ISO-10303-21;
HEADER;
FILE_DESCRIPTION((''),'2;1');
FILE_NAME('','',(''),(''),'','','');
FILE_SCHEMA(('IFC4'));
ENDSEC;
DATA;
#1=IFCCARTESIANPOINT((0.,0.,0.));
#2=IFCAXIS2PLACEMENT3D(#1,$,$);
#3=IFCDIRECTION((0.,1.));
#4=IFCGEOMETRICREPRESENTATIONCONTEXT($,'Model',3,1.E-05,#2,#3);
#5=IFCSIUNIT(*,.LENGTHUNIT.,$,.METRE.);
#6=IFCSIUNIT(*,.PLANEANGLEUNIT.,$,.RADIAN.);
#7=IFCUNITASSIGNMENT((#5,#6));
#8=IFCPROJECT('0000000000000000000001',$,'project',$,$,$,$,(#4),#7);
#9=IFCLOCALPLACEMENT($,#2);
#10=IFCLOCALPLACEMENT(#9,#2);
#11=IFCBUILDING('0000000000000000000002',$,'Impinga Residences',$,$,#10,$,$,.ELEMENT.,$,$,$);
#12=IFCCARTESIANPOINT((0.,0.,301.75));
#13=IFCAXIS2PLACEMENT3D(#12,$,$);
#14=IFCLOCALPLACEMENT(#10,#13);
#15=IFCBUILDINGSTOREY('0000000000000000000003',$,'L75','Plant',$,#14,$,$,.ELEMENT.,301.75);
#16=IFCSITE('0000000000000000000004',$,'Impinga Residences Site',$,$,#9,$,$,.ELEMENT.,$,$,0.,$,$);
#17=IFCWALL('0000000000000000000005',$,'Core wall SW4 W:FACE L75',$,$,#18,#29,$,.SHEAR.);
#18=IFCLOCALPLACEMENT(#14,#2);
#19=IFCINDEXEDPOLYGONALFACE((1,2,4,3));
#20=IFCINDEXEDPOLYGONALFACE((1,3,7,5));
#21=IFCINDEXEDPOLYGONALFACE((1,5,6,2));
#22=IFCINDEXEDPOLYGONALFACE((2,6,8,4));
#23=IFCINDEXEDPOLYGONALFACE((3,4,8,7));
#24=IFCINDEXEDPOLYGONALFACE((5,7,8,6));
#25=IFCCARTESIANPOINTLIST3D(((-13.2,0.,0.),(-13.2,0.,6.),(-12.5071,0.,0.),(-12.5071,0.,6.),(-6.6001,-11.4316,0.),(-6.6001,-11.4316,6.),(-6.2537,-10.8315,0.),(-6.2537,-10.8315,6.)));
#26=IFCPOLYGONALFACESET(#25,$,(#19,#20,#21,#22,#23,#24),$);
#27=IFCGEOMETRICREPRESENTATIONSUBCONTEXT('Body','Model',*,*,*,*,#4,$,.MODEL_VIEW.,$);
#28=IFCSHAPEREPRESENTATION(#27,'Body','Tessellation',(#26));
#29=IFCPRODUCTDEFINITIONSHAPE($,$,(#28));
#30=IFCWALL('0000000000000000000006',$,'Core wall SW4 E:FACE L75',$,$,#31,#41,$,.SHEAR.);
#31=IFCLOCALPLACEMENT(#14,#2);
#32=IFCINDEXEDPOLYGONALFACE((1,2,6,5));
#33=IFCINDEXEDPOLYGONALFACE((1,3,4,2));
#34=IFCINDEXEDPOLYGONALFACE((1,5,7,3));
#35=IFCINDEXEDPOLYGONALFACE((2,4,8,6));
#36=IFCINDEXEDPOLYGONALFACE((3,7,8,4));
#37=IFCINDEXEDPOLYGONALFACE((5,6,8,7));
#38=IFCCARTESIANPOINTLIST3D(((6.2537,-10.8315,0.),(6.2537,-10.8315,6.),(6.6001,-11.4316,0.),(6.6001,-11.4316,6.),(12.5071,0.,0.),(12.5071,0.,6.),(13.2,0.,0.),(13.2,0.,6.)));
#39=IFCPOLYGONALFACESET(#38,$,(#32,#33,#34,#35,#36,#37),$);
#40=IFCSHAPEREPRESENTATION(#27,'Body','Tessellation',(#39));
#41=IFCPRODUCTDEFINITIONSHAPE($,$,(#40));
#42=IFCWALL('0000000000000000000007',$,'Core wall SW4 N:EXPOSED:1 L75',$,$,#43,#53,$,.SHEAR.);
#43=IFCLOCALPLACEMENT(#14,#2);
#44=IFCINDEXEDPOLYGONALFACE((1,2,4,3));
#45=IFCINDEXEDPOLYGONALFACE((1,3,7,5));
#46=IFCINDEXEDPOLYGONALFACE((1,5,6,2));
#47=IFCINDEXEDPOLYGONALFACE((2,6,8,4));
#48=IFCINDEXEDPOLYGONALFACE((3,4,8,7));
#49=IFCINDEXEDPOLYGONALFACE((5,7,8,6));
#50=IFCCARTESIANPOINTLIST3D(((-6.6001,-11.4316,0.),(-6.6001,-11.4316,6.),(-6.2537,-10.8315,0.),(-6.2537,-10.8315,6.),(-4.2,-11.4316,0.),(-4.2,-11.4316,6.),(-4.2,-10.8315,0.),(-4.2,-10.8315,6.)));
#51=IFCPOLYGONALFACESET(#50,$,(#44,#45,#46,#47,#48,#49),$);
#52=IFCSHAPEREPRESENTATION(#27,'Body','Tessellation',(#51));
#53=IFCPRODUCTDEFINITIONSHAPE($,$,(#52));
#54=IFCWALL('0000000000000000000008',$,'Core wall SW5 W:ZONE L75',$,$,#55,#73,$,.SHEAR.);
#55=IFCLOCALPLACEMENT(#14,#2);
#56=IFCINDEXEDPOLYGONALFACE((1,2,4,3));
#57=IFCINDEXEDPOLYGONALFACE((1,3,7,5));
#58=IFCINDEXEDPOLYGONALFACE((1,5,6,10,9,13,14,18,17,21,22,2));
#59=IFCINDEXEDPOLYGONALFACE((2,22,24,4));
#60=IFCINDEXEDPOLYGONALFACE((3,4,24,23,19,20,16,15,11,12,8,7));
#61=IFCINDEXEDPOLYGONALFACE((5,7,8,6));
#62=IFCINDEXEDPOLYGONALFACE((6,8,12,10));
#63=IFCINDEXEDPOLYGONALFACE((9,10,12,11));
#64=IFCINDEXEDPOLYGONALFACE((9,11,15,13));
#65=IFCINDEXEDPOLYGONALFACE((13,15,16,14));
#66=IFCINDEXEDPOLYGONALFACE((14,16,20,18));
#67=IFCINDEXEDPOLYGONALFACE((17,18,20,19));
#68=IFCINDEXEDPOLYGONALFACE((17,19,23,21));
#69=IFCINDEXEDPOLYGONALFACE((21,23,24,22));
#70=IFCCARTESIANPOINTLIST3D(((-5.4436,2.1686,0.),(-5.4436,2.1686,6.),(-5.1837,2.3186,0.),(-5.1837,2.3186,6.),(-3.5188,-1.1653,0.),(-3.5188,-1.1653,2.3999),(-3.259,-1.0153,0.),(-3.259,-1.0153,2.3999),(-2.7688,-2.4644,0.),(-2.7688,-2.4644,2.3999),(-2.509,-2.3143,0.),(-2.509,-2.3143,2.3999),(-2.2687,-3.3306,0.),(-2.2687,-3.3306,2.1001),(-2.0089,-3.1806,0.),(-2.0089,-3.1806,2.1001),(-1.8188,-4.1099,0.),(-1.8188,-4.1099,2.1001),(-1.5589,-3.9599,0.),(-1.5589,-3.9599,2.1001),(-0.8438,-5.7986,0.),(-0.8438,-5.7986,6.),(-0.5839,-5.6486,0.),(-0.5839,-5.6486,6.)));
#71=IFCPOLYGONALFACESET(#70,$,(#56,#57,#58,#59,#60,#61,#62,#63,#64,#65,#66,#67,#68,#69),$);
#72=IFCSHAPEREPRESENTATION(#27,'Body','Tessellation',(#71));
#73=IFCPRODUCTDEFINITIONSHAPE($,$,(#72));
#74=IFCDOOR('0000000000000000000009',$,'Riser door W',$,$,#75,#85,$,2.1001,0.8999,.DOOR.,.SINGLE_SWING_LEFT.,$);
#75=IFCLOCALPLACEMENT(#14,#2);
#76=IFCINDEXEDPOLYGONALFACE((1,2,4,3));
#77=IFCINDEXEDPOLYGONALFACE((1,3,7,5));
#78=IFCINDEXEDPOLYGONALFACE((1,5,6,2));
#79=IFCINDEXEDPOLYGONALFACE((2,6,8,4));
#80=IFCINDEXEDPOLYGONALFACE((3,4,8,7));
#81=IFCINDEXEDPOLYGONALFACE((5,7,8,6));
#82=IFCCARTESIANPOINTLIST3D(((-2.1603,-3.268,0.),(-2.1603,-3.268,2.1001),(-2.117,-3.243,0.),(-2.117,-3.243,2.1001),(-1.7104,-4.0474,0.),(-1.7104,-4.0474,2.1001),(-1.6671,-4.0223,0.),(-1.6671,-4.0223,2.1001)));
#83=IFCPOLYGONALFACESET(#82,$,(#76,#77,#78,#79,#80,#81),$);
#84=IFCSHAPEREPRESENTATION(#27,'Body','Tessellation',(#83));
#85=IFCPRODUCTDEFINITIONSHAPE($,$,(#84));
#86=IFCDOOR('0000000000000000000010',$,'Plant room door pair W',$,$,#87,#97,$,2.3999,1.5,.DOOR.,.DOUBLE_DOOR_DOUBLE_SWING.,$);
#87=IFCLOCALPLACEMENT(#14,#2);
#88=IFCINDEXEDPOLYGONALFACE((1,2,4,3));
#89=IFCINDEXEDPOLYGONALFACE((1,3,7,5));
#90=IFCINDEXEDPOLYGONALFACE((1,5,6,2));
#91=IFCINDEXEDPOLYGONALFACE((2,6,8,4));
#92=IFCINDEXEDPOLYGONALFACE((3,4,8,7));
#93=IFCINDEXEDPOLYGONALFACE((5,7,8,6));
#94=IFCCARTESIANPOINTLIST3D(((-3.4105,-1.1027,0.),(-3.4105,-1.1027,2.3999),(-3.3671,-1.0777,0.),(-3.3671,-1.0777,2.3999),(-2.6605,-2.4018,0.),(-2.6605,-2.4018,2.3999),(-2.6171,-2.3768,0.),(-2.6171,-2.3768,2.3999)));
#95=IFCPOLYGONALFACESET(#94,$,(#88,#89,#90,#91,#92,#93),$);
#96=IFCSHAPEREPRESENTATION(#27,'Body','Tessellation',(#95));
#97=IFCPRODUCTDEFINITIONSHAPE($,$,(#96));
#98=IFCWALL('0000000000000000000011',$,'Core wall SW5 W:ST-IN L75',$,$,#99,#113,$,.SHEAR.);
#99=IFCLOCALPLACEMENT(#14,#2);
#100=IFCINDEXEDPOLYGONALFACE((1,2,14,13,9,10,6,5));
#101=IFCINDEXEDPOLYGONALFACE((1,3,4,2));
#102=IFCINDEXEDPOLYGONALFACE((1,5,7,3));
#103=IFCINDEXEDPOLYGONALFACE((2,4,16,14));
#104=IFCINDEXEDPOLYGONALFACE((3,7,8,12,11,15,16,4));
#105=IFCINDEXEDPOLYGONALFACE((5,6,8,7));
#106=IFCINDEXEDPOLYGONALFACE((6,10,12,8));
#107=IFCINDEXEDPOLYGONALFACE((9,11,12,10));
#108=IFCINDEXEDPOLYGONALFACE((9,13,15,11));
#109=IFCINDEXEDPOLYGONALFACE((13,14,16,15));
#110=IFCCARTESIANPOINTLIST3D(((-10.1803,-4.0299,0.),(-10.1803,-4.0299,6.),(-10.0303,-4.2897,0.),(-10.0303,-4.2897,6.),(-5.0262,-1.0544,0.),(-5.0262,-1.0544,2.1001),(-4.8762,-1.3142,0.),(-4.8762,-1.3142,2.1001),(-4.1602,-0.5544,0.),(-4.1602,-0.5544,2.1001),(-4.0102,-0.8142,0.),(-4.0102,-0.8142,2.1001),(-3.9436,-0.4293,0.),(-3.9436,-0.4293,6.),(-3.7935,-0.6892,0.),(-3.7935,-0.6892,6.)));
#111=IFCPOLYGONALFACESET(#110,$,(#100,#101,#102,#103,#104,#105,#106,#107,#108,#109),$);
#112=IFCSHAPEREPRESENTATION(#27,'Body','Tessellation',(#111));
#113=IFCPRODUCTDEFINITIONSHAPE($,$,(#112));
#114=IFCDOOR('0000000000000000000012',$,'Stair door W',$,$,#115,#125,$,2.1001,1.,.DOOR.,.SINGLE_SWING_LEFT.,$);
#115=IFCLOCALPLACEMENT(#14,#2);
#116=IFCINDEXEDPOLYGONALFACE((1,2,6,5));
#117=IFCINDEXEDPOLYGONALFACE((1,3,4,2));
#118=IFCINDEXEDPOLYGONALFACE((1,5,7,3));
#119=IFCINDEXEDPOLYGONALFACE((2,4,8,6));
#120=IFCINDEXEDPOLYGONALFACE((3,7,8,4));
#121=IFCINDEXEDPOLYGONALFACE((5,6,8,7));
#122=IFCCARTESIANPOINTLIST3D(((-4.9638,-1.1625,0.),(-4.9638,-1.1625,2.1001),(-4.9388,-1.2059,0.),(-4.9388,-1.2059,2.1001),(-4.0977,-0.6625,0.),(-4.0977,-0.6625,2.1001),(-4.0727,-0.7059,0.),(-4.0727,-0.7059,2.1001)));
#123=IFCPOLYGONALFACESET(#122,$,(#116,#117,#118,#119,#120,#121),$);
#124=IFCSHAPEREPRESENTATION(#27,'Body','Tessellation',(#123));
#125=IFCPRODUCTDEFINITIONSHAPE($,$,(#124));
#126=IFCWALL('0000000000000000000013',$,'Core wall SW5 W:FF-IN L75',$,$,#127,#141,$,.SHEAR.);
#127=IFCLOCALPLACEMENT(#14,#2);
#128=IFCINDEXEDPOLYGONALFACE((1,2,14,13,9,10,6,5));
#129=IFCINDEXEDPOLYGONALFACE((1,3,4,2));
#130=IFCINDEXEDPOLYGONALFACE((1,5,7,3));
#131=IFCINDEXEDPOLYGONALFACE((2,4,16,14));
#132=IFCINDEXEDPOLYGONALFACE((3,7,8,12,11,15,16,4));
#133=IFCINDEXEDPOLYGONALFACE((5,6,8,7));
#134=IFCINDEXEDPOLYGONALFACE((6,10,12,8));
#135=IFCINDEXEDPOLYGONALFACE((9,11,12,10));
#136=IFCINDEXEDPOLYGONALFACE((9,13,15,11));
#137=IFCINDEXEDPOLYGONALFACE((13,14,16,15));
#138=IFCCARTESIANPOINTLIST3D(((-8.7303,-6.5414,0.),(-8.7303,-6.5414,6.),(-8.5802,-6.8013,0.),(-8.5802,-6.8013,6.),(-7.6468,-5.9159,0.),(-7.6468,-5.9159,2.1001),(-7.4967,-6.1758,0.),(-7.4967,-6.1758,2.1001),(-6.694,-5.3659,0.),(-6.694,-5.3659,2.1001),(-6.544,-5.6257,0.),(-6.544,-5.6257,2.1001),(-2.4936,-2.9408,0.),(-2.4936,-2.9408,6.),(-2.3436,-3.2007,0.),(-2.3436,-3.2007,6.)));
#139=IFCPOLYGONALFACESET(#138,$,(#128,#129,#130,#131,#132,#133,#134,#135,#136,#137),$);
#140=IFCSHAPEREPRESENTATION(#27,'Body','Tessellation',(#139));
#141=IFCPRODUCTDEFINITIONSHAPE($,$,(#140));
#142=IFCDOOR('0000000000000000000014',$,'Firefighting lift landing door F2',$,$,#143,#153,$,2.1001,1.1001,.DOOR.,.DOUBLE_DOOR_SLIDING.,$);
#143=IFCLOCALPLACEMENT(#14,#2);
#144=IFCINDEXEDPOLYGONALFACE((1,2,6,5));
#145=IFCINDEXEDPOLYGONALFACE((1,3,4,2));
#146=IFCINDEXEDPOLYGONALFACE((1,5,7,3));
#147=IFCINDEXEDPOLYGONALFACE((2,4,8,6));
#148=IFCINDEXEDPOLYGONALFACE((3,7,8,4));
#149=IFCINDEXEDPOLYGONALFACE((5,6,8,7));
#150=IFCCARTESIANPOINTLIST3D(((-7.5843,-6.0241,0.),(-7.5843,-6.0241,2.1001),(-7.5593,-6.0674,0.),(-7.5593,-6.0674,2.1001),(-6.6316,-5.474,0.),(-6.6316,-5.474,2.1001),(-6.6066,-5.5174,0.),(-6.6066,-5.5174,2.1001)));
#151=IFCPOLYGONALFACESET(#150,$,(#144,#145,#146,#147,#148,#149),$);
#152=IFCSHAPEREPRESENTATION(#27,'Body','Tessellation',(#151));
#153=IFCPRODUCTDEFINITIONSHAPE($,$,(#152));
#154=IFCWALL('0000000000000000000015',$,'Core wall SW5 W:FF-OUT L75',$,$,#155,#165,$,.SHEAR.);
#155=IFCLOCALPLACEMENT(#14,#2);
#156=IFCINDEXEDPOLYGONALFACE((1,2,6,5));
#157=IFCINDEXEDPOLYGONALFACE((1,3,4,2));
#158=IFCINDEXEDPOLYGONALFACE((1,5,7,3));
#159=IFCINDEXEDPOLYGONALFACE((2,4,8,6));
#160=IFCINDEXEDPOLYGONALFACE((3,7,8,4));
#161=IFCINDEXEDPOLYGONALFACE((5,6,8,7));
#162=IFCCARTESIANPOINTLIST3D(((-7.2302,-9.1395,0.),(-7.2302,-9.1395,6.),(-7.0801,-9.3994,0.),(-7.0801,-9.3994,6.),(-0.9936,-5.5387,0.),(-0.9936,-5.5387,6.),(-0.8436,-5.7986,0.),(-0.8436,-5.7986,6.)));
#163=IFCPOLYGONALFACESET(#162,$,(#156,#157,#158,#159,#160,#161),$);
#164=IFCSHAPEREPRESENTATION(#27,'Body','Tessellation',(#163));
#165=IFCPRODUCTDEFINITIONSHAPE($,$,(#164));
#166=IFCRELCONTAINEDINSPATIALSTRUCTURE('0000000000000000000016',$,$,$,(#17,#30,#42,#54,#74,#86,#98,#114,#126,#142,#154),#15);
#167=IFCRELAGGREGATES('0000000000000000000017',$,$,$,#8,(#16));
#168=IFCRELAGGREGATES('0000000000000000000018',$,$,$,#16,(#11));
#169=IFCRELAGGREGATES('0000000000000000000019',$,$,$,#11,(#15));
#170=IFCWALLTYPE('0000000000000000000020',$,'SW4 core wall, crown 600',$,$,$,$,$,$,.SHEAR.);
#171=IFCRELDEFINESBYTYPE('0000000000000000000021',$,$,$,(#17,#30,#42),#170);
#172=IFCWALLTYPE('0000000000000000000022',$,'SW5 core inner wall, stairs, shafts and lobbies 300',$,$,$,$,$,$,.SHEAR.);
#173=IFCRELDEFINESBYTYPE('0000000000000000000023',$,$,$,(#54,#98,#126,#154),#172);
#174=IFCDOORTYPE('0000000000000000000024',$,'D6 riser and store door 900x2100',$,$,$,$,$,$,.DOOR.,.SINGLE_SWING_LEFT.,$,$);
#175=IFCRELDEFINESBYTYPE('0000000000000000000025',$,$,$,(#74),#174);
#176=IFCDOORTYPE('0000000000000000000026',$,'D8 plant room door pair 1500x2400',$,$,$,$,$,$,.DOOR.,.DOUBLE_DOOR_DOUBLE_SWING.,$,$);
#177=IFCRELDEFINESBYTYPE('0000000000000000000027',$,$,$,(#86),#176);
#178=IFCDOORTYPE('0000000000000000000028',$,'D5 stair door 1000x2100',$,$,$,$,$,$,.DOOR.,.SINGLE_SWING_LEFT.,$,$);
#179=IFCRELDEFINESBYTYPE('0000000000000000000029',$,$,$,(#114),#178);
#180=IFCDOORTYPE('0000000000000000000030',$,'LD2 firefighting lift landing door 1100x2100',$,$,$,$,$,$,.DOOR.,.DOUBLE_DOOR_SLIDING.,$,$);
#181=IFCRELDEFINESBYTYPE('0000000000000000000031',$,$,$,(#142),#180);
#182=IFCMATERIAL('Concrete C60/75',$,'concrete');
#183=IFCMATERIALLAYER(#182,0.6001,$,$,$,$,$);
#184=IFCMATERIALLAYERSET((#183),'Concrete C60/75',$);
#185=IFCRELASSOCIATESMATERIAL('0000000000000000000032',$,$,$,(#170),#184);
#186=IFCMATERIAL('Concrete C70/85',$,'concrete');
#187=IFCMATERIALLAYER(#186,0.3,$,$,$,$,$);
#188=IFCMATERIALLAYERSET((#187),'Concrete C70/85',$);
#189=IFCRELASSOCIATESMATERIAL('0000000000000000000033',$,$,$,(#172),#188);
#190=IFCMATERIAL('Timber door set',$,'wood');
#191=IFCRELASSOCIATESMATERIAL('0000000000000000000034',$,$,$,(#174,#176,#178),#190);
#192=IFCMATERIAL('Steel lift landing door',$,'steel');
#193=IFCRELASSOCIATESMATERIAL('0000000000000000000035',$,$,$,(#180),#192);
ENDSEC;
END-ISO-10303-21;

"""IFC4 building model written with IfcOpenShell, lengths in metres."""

from ifc_helpers import new_model, si_unit, direction, frame, frame_2d, origin, place, context, subcontext, project, spatial, polyline, rectangle, outline, extrude, material, layer, layer_set, type_object, element, fill, save


model = new_model("IFC4")

# Units and contexts
model_context = context("Model", 3, precision=1e-05, world=origin(), true_north=direction((0.0, 1.0)))
body_context = subcontext(model_context, "Body", "Model", "MODEL_VIEW")
ifc_project = project(units=[si_unit("LENGTHUNIT", "METRE"), si_unit("PLANEANGLEUNIT", "RADIAN")], contexts=[model_context])

# Site, building, storey
site_placement = place(None, origin())
site = spatial("IfcSite", under=ifc_project, at=site_placement, Name="Impinga Residences Site", CompositionType="ELEMENT", RefElevation=0.0)
building_placement = place(site_placement, origin())
building = spatial("IfcBuilding", under=site, at=building_placement, Name="Impinga Residences", CompositionType="ELEMENT")
storey_placement = place(building_placement, frame((0.0, 0.0, 301.75)))
storey = spatial("IfcBuildingStorey", under=building, at=storey_placement, Name="L75", Description="Plant", CompositionType="ELEMENT", Elevation=301.75)

# Shared definitions
ifc_material_1 = material(Name="Concrete C60/75", Category="concrete")

# Walls
ifc_layer_1 = layer(ifc_material_1, 0.6001)
ifc_layer_set_1 = layer_set([ifc_layer_1], Name="Concrete C60/75")
wall_type_1 = type_object("IfcWallType", Name="SW4 core wall, crown 600", PredefinedType="SHEAR", material=ifc_layer_set_1)
wall_1_placement = place(storey_placement, origin())
element("IfcWall", 1, at=wall_1_placement, inside=storey, type_object=wall_type_1, Name="Core wall SW4 W:FACE L75", PredefinedType="SHEAR", context=body_context, shape_type="SweptSolid", body=[
    extrude(outline(polyline([(-6.6001, -11.4316), (-13.2, 0.0), (-12.5071, 0.0), (-6.2537, -10.8315), (-6.6001, -11.4316)])), origin(), (0.0, 0.0, 1.0), 6.0),
])
wall_2_placement = place(storey_placement, origin())
element("IfcWall", 2, at=wall_2_placement, inside=storey, type_object=wall_type_1, Name="Core wall SW4 E:FACE L75", PredefinedType="SHEAR", context=body_context, shape_type="SweptSolid", body=[
    extrude(outline(polyline([(13.2, 0.0), (6.6001, -11.4316), (6.2537, -10.8315), (12.5071, 0.0), (13.2, 0.0)])), origin(), (0.0, 0.0, 1.0), 6.0),
])
wall_3_placement = place(storey_placement, origin())
element("IfcWall", 3, at=wall_3_placement, inside=storey, type_object=wall_type_1, Name="Core wall SW4 N:EXPOSED:1 L75", PredefinedType="SHEAR", context=body_context, shape_type="SweptSolid", body=[
    extrude(outline(polyline([(-6.6001, -11.4316), (-4.2, -11.4316), (-4.2, -10.8315), (-6.2537, -10.8315), (-6.6001, -11.4316)])), origin(), (0.0, 0.0, 1.0), 6.0),
])

# Wall, openings, doors
ifc_material_2 = material(Name="Concrete C70/85", Category="concrete")
ifc_layer_2 = layer(ifc_material_2, 0.3)
ifc_layer_set_2 = layer_set([ifc_layer_2], Name="Concrete C70/85")
wall_type_2 = type_object("IfcWallType", Name="SW5 core inner wall, stairs, shafts and lobbies 300", PredefinedType="SHEAR", material=ifc_layer_set_2)
wall_4_placement = place(storey_placement, frame((-0.7139, -5.7236, 0.0), z_axis=(0.0, 0.0, 1.0), x_axis=(-0.499995, 0.866028, 0.0)))
wall_4 = element("IfcWall", 4, at=wall_4_placement, inside=storey, type_object=wall_type_2, Name="Core wall SW5 W:ZONE L75", PredefinedType="SHEAR", context=body_context, shape_type="SweptSolid", body=[
    extrude(rectangle(XDim=9.1997, YDim=0.3, at=frame_2d((4.5999, 0.0))), origin(), (0.0, 0.0, 1.0), 6.0),
])
opening_1_placement = place(wall_4_placement, frame((3.8501, 0.0, 0.0)))
opening_1 = element("IfcOpeningElement", 5, at=opening_1_placement, cuts=wall_4, PredefinedType="OPENING", context=body_context, shape_type="SweptSolid", body=[
    extrude(rectangle(XDim=1.5, YDim=2.3999, at=frame_2d((0.75, 1.2))), frame((0.0, 0.1599, 0.0), z_axis=(0.0, -1.0, 0.0), x_axis=(1.0, 0.0, 0.0)), (0.0, 0.0, 1.0), 0.3201),
])
opening_2_placement = place(wall_4_placement, frame((1.95, 0.0, 0.0)))
opening_2 = element("IfcOpeningElement", 6, at=opening_2_placement, cuts=wall_4, PredefinedType="OPENING", context=body_context, shape_type="SweptSolid", body=[
    extrude(rectangle(XDim=0.8999, YDim=2.1001, at=frame_2d((0.45, 1.05))), frame((0.0, 0.1599, 0.0), z_axis=(0.0, -1.0, 0.0), x_axis=(1.0, 0.0, 0.0)), (0.0, 0.0, 1.0), 0.3201),
])
ifc_material_3 = material(Name="Timber door set", Category="wood")
door_type_1 = type_object("IfcDoorType", Name="D6 riser and store door 900x2100", OperationType="SINGLE_SWING_LEFT", PredefinedType="DOOR", material=ifc_material_3)
door_1_placement = place(opening_2_placement, origin())
door_1 = element("IfcDoor", 7, at=door_1_placement, inside=storey, type_object=door_type_1, Name="Riser door W", OperationType="SINGLE_SWING_LEFT", OverallHeight=2.1001, OverallWidth=0.8999, PredefinedType="DOOR", context=body_context, shape_type="SweptSolid", body=[
    extrude(rectangle(XDim=0.8999, YDim=2.1001, at=frame_2d((0.45, 1.05))), frame((0.0, 0.0249, 0.0), z_axis=(0.0, -1.0, 0.0), x_axis=(1.0, 0.0, 0.0)), (0.0, 0.0, 1.0), 0.05),
])
fill(opening_2, door_1)
door_type_2 = type_object("IfcDoorType", Name="D8 plant room door pair 1500x2400", OperationType="DOUBLE_DOOR_DOUBLE_SWING", PredefinedType="DOOR", material=ifc_material_3)
door_2_placement = place(opening_1_placement, origin())
door_2 = element("IfcDoor", 8, at=door_2_placement, inside=storey, type_object=door_type_2, Name="Plant room door pair W", OperationType="DOUBLE_DOOR_DOUBLE_SWING", OverallHeight=2.3999, OverallWidth=1.5, PredefinedType="DOOR", context=body_context, shape_type="SweptSolid", body=[
    extrude(rectangle(XDim=1.5, YDim=2.3999, at=frame_2d((0.75, 1.2))), frame((0.0, 0.0249, 0.0), z_axis=(0.0, -1.0, 0.0), x_axis=(1.0, 0.0, 0.0)), (0.0, 0.0, 1.0), 0.05),
])
fill(opening_1, door_2)

# Walls, openings, doors
wall_5_placement = place(storey_placement, frame((-3.8687, -0.5593, 0.0), z_axis=(0.0, 0.0, 1.0), x_axis=(-0.86604, -0.499975, 0.0)))
wall_5 = element("IfcWall", 9, at=wall_5_placement, inside=storey, type_object=wall_type_2, Name="Core wall SW5 W:ST-IN L75", PredefinedType="SHEAR", context=body_context, shape_type="SweptSolid", body=[
    extrude(rectangle(XDim=7.2014, YDim=0.3, at=frame_2d((3.6006, 0.0))), origin(), (0.0, 0.0, 1.0), 6.0),
])
opening_3_placement = place(wall_5_placement, frame((0.25, 0.0, 0.0)))
opening_3 = element("IfcOpeningElement", 10, at=opening_3_placement, cuts=wall_5, PredefinedType="OPENING", context=body_context, shape_type="SweptSolid", body=[
    extrude(rectangle(XDim=1.0, YDim=2.1001, at=frame_2d((0.5, 1.05))), frame((0.0, 0.1599, 0.0), z_axis=(0.0, -1.0, 0.0), x_axis=(1.0, 0.0, 0.0)), (0.0, 0.0, 1.0), 0.3201),
])
door_type_3 = type_object("IfcDoorType", Name="D5 stair door 1000x2100", OperationType="SINGLE_SWING_LEFT", PredefinedType="DOOR", material=ifc_material_3)
door_3_placement = place(opening_3_placement, origin())
door_3 = element("IfcDoor", 11, at=door_3_placement, inside=storey, type_object=door_type_3, Name="Stair door W", OperationType="SINGLE_SWING_LEFT", OverallHeight=2.1001, OverallWidth=1.0, PredefinedType="DOOR", context=body_context, shape_type="SweptSolid", body=[
    extrude(rectangle(XDim=1.0, YDim=2.1001, at=frame_2d((0.5, 1.05))), frame((0.0, 0.0249, 0.0), z_axis=(0.0, -1.0, 0.0), x_axis=(1.0, 0.0, 0.0)), (0.0, 0.0, 1.0), 0.05),
])
fill(opening_3, door_3)
wall_6_placement = place(storey_placement, frame((-2.4187, -3.0708, 0.0), z_axis=(0.0, 0.0, 1.0), x_axis=(-0.866031, -0.49999, 0.0)))
wall_6 = element("IfcWall", 12, at=wall_6_placement, inside=storey, type_object=wall_type_2, Name="Core wall SW5 W:FF-IN L75", PredefinedType="SHEAR", context=body_context, shape_type="SweptSolid", body=[
    extrude(rectangle(XDim=7.2014, YDim=0.3, at=frame_2d((3.6006, 0.0))), origin(), (0.0, 0.0, 1.0), 6.0),
])
opening_4_placement = place(wall_6_placement, frame((4.8501, 0.0, 0.0)))
opening_4 = element("IfcOpeningElement", 13, at=opening_4_placement, cuts=wall_6, PredefinedType="OPENING", context=body_context, shape_type="SweptSolid", body=[
    extrude(rectangle(XDim=1.1001, YDim=2.1001, at=frame_2d((0.55, 1.05))), frame((0.0, 0.1599, 0.0), z_axis=(0.0, -1.0, 0.0), x_axis=(1.0, 0.0, 0.0)), (0.0, 0.0, 1.0), 0.3201),
])
ifc_material_4 = material(Name="Steel lift landing door", Category="steel")
door_type_4 = type_object("IfcDoorType", Name="LD2 firefighting lift landing door 1100x2100", OperationType="DOUBLE_DOOR_SLIDING", PredefinedType="DOOR", material=ifc_material_4)
door_4_placement = place(opening_4_placement, origin())
door_4 = element("IfcDoor", 14, at=door_4_placement, inside=storey, type_object=door_type_4, Name="Firefighting lift landing door F2", OperationType="DOUBLE_DOOR_SLIDING", OverallHeight=2.1001, OverallWidth=1.1001, PredefinedType="DOOR", context=body_context, shape_type="SweptSolid", body=[
    extrude(rectangle(XDim=1.1001, YDim=2.1001, at=frame_2d((0.55, 1.05))), frame((0.0, 0.0249, 0.0), z_axis=(0.0, -1.0, 0.0), x_axis=(1.0, 0.0, 0.0)), (0.0, 0.0, 1.0), 0.05),
])
fill(opening_4, door_4)

# Wall
wall_7_placement = place(storey_placement, frame((-0.9187, -5.6687, 0.0), z_axis=(0.0, 0.0, 1.0), x_axis=(-0.866017, -0.500015, 0.0)))
element("IfcWall", 15, at=wall_7_placement, inside=storey, type_object=wall_type_2, Name="Core wall SW5 W:FF-OUT L75", PredefinedType="SHEAR", context=body_context, shape_type="SweptSolid", body=[
    extrude(rectangle(XDim=7.2014, YDim=0.3, at=frame_2d((3.6006, 0.0))), origin(), (0.0, 0.0, 1.0), 6.0),
])

save(model, "model.ifc")
